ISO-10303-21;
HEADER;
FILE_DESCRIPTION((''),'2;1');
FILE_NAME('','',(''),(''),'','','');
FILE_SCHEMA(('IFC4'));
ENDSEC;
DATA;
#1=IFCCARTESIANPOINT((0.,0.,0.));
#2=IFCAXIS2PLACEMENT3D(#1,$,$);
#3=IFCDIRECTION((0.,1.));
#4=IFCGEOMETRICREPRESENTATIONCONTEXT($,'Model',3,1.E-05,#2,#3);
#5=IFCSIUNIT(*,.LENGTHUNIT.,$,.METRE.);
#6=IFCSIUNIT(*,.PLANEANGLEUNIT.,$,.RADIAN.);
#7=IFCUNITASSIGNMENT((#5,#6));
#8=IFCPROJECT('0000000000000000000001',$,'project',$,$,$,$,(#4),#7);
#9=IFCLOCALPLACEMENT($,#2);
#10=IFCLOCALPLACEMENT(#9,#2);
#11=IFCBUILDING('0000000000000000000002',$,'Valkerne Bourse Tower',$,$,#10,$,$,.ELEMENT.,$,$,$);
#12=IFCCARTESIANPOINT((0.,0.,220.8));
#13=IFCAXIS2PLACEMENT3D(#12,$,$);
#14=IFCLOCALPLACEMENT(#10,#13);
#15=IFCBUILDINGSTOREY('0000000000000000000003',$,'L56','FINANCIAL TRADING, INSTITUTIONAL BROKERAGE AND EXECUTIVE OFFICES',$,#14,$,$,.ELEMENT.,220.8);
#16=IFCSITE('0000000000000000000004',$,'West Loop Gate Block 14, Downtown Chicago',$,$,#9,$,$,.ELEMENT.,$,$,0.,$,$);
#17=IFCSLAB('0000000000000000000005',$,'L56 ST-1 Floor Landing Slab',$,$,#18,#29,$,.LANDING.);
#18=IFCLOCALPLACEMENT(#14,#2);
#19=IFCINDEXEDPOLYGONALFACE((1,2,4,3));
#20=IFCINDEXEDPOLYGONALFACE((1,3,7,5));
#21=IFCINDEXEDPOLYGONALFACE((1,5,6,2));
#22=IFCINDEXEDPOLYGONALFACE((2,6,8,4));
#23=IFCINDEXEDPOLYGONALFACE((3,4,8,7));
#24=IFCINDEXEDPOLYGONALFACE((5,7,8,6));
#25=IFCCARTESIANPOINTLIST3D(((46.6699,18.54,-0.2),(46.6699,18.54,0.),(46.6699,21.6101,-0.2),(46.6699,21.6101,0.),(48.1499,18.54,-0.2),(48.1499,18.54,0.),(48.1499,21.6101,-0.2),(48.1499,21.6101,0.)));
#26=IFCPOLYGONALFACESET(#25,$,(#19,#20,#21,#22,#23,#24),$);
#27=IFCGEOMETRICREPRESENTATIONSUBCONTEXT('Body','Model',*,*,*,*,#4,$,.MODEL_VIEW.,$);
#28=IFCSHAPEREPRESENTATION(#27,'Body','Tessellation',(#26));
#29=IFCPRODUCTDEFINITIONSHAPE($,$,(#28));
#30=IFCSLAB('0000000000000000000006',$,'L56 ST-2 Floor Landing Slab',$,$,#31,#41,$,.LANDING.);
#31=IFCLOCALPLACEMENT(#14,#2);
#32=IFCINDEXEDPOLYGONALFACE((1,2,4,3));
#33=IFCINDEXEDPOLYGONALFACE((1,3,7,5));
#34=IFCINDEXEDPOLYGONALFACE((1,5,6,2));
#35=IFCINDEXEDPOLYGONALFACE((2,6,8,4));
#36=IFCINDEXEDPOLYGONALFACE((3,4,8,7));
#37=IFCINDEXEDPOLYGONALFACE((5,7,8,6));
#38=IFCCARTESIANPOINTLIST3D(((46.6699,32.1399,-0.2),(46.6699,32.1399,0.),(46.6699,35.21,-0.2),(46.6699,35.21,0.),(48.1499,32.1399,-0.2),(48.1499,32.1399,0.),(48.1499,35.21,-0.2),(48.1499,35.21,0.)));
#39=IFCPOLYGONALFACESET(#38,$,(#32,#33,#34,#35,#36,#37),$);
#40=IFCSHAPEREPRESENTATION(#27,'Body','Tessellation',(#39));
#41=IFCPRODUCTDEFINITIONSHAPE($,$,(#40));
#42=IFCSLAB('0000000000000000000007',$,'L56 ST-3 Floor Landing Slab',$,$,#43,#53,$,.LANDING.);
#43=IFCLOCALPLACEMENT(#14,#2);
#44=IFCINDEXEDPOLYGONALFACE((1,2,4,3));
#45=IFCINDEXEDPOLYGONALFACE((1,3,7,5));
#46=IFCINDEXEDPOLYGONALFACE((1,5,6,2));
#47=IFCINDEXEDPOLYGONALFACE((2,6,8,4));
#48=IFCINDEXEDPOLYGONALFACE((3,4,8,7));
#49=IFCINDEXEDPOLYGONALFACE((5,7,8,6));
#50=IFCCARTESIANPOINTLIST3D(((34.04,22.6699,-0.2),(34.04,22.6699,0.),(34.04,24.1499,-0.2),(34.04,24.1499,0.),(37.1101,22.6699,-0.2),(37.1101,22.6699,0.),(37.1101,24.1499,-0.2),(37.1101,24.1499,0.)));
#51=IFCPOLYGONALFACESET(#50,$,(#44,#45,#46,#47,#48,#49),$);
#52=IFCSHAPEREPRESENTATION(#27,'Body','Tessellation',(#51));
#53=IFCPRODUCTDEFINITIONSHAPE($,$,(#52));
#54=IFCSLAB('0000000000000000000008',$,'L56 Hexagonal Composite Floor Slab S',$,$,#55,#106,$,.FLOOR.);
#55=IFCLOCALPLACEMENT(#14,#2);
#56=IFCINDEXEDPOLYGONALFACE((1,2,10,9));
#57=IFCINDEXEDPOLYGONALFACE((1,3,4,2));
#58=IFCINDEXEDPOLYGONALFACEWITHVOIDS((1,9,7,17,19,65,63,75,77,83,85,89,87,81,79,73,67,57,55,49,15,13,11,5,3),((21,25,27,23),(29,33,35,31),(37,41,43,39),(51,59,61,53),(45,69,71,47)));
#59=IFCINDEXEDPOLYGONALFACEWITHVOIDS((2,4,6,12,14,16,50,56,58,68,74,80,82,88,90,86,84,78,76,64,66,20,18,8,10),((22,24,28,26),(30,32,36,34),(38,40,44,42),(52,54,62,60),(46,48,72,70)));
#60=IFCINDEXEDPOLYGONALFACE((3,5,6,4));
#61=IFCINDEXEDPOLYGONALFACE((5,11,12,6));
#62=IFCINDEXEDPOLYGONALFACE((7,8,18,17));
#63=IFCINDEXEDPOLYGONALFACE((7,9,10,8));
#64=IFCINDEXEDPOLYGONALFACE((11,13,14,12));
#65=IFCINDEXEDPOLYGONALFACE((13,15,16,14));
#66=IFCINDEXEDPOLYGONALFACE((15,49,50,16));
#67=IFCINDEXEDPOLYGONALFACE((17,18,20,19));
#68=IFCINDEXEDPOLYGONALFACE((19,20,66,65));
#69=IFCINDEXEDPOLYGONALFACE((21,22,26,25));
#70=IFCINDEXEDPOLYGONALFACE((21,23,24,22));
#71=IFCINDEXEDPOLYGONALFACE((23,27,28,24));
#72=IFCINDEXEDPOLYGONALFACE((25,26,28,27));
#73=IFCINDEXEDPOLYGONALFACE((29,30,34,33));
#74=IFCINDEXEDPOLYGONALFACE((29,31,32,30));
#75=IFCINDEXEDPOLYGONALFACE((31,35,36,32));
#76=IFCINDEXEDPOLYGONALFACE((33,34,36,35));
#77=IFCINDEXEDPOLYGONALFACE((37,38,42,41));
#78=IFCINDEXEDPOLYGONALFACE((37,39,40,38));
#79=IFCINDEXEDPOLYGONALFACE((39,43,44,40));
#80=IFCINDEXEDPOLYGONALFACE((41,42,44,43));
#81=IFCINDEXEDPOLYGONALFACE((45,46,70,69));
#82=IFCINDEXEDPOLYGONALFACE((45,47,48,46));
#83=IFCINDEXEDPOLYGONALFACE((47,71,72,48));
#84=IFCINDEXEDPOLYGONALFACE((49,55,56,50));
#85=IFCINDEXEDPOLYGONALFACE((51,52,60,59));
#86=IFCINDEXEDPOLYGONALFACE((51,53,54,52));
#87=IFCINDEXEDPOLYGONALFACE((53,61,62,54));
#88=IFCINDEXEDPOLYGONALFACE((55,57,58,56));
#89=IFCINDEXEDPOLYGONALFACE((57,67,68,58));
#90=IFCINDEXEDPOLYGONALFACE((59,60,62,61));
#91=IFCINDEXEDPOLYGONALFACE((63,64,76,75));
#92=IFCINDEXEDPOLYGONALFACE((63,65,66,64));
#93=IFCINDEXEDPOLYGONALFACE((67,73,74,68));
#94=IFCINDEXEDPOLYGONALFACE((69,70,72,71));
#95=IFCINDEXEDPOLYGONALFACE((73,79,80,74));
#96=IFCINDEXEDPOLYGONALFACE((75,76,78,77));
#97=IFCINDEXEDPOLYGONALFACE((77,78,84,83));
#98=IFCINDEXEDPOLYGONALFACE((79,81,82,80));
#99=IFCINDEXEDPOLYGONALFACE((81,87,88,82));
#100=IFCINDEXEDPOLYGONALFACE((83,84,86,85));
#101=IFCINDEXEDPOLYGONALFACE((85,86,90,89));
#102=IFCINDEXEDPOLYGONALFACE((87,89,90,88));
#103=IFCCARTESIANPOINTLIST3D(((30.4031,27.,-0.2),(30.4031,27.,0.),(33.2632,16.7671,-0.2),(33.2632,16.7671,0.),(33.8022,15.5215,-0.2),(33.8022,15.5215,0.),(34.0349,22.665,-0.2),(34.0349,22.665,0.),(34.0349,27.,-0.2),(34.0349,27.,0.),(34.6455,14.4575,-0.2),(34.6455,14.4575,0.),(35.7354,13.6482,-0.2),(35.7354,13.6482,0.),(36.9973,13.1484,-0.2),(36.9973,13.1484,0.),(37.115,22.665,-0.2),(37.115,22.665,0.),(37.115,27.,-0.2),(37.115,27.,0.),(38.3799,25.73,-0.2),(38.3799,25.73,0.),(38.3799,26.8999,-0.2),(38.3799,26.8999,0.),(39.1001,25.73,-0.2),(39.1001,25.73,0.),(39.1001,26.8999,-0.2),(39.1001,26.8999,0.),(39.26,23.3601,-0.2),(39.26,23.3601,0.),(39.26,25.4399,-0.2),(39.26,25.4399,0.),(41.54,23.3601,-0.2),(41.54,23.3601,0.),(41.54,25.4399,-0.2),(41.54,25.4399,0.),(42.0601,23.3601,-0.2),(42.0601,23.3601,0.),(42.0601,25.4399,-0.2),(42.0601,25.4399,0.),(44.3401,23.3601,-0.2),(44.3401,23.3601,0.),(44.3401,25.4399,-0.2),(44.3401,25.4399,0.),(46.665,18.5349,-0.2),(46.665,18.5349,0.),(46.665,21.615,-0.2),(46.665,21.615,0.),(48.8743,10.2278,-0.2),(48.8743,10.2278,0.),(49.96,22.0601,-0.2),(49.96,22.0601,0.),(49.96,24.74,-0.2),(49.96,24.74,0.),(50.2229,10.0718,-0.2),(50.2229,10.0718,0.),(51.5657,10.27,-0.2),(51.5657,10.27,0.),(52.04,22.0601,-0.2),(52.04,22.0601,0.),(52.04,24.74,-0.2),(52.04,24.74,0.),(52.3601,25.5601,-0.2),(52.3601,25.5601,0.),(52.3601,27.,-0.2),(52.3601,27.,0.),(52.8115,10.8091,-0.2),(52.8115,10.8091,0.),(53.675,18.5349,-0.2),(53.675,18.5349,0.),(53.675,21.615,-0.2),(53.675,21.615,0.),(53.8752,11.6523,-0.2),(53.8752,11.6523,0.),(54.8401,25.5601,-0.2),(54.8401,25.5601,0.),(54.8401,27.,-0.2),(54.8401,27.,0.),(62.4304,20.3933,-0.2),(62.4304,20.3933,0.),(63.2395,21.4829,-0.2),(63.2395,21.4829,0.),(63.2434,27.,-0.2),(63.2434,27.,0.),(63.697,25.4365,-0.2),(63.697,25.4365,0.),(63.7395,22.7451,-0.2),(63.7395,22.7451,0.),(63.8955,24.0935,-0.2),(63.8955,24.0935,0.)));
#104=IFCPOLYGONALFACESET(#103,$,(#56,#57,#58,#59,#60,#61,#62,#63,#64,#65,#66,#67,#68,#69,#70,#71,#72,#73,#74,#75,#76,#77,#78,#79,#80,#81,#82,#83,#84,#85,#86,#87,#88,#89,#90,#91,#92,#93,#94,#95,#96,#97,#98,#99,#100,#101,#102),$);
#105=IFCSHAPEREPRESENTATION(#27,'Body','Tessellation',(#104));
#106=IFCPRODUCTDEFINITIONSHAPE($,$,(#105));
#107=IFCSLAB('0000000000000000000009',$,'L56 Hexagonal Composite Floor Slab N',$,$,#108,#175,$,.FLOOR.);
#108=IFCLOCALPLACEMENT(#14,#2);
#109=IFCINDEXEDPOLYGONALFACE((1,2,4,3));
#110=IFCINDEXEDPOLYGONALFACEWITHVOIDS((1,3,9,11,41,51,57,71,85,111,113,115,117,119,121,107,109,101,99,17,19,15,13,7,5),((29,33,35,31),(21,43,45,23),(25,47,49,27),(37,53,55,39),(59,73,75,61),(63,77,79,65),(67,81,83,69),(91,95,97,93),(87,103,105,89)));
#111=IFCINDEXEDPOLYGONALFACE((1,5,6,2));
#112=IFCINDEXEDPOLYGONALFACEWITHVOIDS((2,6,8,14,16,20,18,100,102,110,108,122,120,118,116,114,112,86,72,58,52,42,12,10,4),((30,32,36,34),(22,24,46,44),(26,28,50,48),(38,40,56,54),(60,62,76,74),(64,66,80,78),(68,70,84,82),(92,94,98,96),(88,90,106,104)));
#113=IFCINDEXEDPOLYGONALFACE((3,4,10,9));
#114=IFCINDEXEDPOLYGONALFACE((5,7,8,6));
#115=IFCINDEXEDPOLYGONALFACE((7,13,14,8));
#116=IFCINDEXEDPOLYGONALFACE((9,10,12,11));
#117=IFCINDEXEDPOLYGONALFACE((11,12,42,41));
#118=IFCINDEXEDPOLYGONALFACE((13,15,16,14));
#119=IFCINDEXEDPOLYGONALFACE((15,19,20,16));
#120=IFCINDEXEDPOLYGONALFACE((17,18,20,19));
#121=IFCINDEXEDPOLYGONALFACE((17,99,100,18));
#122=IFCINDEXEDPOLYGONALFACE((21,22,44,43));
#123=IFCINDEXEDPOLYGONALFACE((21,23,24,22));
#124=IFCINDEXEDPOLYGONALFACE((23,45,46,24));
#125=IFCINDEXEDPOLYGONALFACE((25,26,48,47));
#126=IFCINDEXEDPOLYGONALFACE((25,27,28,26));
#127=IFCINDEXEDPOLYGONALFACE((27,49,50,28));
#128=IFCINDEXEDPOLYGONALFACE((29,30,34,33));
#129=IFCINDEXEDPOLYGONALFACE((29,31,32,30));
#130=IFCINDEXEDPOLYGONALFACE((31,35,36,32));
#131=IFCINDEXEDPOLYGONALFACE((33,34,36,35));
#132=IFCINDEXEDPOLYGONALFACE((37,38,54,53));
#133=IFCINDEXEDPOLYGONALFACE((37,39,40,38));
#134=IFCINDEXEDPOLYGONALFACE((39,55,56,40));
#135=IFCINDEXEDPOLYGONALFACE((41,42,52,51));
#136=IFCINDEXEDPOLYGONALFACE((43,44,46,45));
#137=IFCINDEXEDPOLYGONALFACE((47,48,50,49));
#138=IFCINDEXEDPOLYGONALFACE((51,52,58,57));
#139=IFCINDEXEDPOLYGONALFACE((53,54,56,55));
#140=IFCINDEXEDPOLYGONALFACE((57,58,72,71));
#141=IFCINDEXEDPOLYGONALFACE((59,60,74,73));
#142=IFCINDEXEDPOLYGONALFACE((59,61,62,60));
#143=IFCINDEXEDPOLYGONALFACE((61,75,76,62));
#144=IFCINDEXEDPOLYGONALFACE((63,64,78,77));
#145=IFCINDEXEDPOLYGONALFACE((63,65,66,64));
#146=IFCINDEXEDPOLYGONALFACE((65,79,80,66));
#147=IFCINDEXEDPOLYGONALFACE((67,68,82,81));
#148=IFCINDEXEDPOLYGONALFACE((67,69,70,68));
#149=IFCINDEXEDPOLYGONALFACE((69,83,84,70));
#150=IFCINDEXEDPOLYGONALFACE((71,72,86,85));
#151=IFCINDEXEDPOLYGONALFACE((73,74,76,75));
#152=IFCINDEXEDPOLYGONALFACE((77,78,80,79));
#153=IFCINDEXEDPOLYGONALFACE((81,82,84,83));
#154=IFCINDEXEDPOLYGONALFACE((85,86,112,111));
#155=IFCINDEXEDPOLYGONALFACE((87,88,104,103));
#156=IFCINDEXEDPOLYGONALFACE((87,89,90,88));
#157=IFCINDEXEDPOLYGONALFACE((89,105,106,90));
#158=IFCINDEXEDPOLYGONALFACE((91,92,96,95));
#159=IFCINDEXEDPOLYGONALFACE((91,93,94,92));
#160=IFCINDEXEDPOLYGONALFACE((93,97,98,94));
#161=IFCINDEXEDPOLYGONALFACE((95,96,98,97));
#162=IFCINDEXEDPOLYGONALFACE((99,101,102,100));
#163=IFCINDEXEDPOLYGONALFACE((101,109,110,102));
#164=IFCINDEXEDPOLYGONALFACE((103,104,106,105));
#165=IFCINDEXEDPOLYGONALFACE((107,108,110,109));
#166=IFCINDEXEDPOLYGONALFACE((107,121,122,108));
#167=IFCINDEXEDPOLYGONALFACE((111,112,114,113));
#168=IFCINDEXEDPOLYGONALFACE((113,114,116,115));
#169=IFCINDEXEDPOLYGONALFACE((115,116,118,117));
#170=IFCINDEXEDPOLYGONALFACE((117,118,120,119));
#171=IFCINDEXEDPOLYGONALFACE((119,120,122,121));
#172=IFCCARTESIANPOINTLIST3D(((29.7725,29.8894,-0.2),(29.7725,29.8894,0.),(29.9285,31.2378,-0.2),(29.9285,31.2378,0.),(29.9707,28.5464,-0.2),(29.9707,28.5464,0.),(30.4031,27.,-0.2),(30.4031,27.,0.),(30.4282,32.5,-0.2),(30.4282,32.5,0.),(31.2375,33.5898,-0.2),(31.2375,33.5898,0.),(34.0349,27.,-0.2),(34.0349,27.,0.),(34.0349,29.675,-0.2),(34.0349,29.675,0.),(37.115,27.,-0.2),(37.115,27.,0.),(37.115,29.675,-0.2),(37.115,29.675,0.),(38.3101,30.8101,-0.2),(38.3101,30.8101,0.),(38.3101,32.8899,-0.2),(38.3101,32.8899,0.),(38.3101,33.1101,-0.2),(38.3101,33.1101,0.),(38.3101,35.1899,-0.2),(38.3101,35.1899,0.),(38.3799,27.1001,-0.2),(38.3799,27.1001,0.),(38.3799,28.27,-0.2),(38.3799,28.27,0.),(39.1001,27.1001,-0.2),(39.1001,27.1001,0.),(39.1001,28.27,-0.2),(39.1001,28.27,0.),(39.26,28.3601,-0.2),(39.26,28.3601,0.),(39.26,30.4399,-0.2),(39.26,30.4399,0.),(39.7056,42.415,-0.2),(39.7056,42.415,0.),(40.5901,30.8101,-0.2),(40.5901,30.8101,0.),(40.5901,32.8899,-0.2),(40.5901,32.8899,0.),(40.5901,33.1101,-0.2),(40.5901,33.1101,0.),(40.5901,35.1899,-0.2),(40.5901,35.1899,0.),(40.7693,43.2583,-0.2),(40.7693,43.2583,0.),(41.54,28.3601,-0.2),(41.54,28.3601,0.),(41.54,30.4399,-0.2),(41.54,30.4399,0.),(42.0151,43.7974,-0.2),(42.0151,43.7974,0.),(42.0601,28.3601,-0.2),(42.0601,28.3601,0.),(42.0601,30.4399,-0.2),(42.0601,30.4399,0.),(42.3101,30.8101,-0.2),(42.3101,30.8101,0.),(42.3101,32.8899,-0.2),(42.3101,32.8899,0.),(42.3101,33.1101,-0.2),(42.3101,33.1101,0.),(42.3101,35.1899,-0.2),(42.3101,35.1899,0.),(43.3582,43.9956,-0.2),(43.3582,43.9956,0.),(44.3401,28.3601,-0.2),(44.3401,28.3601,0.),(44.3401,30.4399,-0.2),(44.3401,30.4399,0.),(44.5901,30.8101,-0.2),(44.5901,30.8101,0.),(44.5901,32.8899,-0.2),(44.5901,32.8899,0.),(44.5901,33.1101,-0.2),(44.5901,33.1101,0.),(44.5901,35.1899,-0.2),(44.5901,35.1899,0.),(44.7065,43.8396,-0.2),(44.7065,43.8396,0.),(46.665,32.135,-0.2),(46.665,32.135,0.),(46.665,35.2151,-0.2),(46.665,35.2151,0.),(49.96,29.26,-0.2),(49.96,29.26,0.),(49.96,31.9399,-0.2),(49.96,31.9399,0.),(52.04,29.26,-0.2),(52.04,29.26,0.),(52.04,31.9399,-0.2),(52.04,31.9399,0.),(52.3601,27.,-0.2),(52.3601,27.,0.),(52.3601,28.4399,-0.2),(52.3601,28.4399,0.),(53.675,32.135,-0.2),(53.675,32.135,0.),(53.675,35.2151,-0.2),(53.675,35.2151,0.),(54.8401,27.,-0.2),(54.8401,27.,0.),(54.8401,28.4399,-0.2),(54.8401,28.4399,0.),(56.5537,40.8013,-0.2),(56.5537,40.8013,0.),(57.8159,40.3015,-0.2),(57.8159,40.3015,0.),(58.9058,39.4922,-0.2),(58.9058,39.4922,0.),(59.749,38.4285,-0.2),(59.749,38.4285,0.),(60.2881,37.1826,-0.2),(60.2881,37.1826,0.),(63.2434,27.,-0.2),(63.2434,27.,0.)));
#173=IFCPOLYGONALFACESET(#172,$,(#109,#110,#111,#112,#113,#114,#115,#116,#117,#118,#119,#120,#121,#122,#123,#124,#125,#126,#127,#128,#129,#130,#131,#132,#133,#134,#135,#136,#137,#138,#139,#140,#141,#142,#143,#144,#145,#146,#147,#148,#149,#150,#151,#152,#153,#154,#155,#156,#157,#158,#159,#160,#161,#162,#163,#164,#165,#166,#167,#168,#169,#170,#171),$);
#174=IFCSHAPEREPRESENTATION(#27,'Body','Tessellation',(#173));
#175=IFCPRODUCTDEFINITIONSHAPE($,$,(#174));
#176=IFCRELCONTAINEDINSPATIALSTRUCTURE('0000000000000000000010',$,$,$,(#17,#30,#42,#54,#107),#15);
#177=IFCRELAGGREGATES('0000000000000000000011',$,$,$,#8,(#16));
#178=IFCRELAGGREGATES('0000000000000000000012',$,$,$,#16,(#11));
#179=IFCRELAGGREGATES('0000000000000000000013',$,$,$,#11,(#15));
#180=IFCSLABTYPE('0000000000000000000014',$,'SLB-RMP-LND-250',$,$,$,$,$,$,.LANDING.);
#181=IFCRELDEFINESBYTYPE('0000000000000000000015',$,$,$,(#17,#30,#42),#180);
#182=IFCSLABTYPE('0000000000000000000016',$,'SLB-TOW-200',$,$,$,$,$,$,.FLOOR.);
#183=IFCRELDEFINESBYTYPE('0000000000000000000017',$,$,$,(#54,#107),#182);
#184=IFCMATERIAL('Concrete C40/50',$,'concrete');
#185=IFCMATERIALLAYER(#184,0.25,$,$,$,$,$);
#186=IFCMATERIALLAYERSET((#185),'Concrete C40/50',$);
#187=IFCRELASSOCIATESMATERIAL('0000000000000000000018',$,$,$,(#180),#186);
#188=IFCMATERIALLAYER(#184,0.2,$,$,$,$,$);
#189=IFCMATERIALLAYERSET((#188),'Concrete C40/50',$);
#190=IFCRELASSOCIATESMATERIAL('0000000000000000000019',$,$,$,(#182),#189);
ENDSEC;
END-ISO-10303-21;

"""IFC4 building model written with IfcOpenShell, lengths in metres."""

from ifc_helpers import new_model, si_unit, direction, frame, origin, place, context, subcontext, project, spatial, polyline, outline, extrude, material, layer, layer_set, type_object, element, save


model = new_model("IFC4")

# Units and contexts
model_context = context("Model", 3, precision=1e-05, world=origin(), true_north=direction((0.0, 1.0)))
body_context = subcontext(model_context, "Body", "Model", "MODEL_VIEW")
ifc_project = project(units=[si_unit("LENGTHUNIT", "METRE"), si_unit("PLANEANGLEUNIT", "RADIAN")], contexts=[model_context])

# Site, building, storey
site_placement = place(None, origin())
site = spatial("IfcSite", under=ifc_project, at=site_placement, Name="West Loop Gate Block 14, Downtown Chicago", CompositionType="ELEMENT", RefElevation=0.0)
building_placement = place(site_placement, origin())
building = spatial("IfcBuilding", under=site, at=building_placement, Name="Valkerne Bourse Tower", CompositionType="ELEMENT")
storey_placement = place(building_placement, frame((0.0, 0.0, 220.8)))
storey = spatial("IfcBuildingStorey", under=building, at=storey_placement, Name="L56", Description="FINANCIAL TRADING, INSTITUTIONAL BROKERAGE AND EXECUTIVE OFFICES", CompositionType="ELEMENT", Elevation=220.8)

# Slabs
ifc_material_1 = material(Name="Concrete C40/50", Category="concrete")
ifc_layer_1 = layer(ifc_material_1, 0.25)
ifc_layer_set_1 = layer_set([ifc_layer_1], Name="Concrete C40/50")
slab_type_1 = type_object("IfcSlabType", Name="SLB-RMP-LND-250", PredefinedType="LANDING", material=ifc_layer_set_1)
slab_1_placement = place(storey_placement, frame((0.0, 0.0, -0.2)))
element("IfcSlab", 1, at=slab_1_placement, inside=storey, type_object=slab_type_1, Name="L56 ST-1 Floor Landing Slab", PredefinedType="LANDING", context=body_context, shape_type="SweptSolid", body=[
    extrude(outline(polyline([(46.6699, 18.54), (48.1499, 18.54), (48.1499, 21.6101), (46.6699, 21.6101), (46.6699, 18.54)])), origin(), (0.0, 0.0, 1.0), 0.2),
])
slab_2_placement = place(storey_placement, frame((0.0, 0.0, -0.2)))
element("IfcSlab", 2, at=slab_2_placement, inside=storey, type_object=slab_type_1, Name="L56 ST-2 Floor Landing Slab", PredefinedType="LANDING", context=body_context, shape_type="SweptSolid", body=[
    extrude(outline(polyline([(46.6699, 32.1399), (48.1499, 32.1399), (48.1499, 35.21), (46.6699, 35.21), (46.6699, 32.1399)])), origin(), (0.0, 0.0, 1.0), 0.2),
])
slab_3_placement = place(storey_placement, frame((0.0, 0.0, -0.2)))
element("IfcSlab", 3, at=slab_3_placement, inside=storey, type_object=slab_type_1, Name="L56 ST-3 Floor Landing Slab", PredefinedType="LANDING", context=body_context, shape_type="SweptSolid", body=[
    extrude(outline(polyline([(37.1101, 22.6699), (37.1101, 24.1499), (34.04, 24.1499), (34.04, 22.6699), (37.1101, 22.6699)])), origin(), (0.0, 0.0, 1.0), 0.2),
])
ifc_layer_2 = layer(ifc_material_1, 0.2)
ifc_layer_set_2 = layer_set([ifc_layer_2], Name="Concrete C40/50")
slab_type_2 = type_object("IfcSlabType", Name="SLB-TOW-200", PredefinedType="FLOOR", material=ifc_layer_set_2)
slab_4_placement = place(storey_placement, frame((0.0, 0.0, -0.2)))
element("IfcSlab", 4, at=slab_4_placement, inside=storey, type_object=slab_type_2, Name="L56 Hexagonal Composite Floor Slab S", PredefinedType="FLOOR", context=body_context, shape_type="SweptSolid", body=[
    extrude(outline(polyline([(63.8955, 24.0935), (63.7395, 22.7451), (63.2395, 21.4829), (62.4304, 20.3933), (53.8752, 11.6523), (52.8115, 10.8091), (51.5657, 10.27), (50.2229, 10.0718), (48.8743, 10.2278), (36.9973, 13.1484), (35.7354, 13.6482), (34.6455, 14.4575), (33.8022, 15.5215), (33.2632, 16.7671), (30.4031, 27.0), (34.0349, 27.0), (34.0349, 22.665), (37.115, 22.665), (37.115, 27.0), (52.3601, 27.0), (52.3601, 25.5601), (54.8401, 25.5601), (54.8401, 27.0), (63.2434, 27.0), (63.697, 25.4365), (63.8955, 24.0935)]), holes=[polyline([(41.54, 25.4399), (39.26, 25.4399), (39.26, 23.3601), (41.54, 23.3601), (41.54, 25.4399)]), polyline([(44.3401, 25.4399), (42.0601, 25.4399), (42.0601, 23.3601), (44.3401, 23.3601), (44.3401, 25.4399)]), polyline([(39.1001, 26.8999), (38.3799, 26.8999), (38.3799, 25.73), (39.1001, 25.73), (39.1001, 26.8999)]), polyline([(53.675, 21.615), (46.665, 21.615), (46.665, 18.5349), (53.675, 18.5349), (53.675, 21.615)]), polyline([(52.04, 24.74), (49.96, 24.74), (49.96, 22.0601), (52.04, 22.0601), (52.04, 24.74)])]), origin(), (0.0, 0.0, 1.0), 0.2),
])
slab_5_placement = place(storey_placement, frame((0.0, 0.0, -0.2)))
element("IfcSlab", 5, at=slab_5_placement, inside=storey, type_object=slab_type_2, Name="L56 Hexagonal Composite Floor Slab N", PredefinedType="FLOOR", context=body_context, shape_type="SweptSolid", body=[
    extrude(outline(polyline([(29.9707, 28.5464), (29.7725, 29.8894), (29.9285, 31.2378), (30.4282, 32.5), (31.2375, 33.5898), (39.7056, 42.415), (40.7693, 43.2583), (42.0151, 43.7974), (43.3582, 43.9956), (44.7065, 43.8396), (56.5537, 40.8013), (57.8159, 40.3015), (58.9058, 39.4922), (59.749, 38.4285), (60.2881, 37.1826), (63.2434, 27.0), (54.8401, 27.0), (54.8401, 28.4399), (52.3601, 28.4399), (52.3601, 27.0), (37.115, 27.0), (37.115, 29.675), (34.0349, 29.675), (34.0349, 27.0), (30.4031, 27.0), (29.9707, 28.5464)]), holes=[polyline([(39.1001, 28.27), (38.3799, 28.27), (38.3799, 27.1001), (39.1001, 27.1001), (39.1001, 28.27)]), polyline([(41.54, 30.4399), (39.26, 30.4399), (39.26, 28.3601), (41.54, 28.3601), (41.54, 30.4399)]), polyline([(40.5901, 32.8899), (38.3101, 32.8899), (38.3101, 30.8101), (40.5901, 30.8101), (40.5901, 32.8899)]), polyline([(40.5901, 35.1899), (38.3101, 35.1899), (38.3101, 33.1101), (40.5901, 33.1101), (40.5901, 35.1899)]), polyline([(44.3401, 30.4399), (42.0601, 30.4399), (42.0601, 28.3601), (44.3401, 28.3601), (44.3401, 30.4399)]), polyline([(52.04, 31.9399), (49.96, 31.9399), (49.96, 29.26), (52.04, 29.26), (52.04, 31.9399)]), polyline([(44.5901, 32.8899), (42.3101, 32.8899), (42.3101, 30.8101), (44.5901, 30.8101), (44.5901, 32.8899)]), polyline([(53.675, 35.2151), (46.665, 35.2151), (46.665, 32.135), (53.675, 32.135), (53.675, 35.2151)]), polyline([(44.5901, 35.1899), (42.3101, 35.1899), (42.3101, 33.1101), (44.5901, 33.1101), (44.5901, 35.1899)])]), origin(), (0.0, 0.0, 1.0), 0.2),
])

save(model, "model.ifc")
